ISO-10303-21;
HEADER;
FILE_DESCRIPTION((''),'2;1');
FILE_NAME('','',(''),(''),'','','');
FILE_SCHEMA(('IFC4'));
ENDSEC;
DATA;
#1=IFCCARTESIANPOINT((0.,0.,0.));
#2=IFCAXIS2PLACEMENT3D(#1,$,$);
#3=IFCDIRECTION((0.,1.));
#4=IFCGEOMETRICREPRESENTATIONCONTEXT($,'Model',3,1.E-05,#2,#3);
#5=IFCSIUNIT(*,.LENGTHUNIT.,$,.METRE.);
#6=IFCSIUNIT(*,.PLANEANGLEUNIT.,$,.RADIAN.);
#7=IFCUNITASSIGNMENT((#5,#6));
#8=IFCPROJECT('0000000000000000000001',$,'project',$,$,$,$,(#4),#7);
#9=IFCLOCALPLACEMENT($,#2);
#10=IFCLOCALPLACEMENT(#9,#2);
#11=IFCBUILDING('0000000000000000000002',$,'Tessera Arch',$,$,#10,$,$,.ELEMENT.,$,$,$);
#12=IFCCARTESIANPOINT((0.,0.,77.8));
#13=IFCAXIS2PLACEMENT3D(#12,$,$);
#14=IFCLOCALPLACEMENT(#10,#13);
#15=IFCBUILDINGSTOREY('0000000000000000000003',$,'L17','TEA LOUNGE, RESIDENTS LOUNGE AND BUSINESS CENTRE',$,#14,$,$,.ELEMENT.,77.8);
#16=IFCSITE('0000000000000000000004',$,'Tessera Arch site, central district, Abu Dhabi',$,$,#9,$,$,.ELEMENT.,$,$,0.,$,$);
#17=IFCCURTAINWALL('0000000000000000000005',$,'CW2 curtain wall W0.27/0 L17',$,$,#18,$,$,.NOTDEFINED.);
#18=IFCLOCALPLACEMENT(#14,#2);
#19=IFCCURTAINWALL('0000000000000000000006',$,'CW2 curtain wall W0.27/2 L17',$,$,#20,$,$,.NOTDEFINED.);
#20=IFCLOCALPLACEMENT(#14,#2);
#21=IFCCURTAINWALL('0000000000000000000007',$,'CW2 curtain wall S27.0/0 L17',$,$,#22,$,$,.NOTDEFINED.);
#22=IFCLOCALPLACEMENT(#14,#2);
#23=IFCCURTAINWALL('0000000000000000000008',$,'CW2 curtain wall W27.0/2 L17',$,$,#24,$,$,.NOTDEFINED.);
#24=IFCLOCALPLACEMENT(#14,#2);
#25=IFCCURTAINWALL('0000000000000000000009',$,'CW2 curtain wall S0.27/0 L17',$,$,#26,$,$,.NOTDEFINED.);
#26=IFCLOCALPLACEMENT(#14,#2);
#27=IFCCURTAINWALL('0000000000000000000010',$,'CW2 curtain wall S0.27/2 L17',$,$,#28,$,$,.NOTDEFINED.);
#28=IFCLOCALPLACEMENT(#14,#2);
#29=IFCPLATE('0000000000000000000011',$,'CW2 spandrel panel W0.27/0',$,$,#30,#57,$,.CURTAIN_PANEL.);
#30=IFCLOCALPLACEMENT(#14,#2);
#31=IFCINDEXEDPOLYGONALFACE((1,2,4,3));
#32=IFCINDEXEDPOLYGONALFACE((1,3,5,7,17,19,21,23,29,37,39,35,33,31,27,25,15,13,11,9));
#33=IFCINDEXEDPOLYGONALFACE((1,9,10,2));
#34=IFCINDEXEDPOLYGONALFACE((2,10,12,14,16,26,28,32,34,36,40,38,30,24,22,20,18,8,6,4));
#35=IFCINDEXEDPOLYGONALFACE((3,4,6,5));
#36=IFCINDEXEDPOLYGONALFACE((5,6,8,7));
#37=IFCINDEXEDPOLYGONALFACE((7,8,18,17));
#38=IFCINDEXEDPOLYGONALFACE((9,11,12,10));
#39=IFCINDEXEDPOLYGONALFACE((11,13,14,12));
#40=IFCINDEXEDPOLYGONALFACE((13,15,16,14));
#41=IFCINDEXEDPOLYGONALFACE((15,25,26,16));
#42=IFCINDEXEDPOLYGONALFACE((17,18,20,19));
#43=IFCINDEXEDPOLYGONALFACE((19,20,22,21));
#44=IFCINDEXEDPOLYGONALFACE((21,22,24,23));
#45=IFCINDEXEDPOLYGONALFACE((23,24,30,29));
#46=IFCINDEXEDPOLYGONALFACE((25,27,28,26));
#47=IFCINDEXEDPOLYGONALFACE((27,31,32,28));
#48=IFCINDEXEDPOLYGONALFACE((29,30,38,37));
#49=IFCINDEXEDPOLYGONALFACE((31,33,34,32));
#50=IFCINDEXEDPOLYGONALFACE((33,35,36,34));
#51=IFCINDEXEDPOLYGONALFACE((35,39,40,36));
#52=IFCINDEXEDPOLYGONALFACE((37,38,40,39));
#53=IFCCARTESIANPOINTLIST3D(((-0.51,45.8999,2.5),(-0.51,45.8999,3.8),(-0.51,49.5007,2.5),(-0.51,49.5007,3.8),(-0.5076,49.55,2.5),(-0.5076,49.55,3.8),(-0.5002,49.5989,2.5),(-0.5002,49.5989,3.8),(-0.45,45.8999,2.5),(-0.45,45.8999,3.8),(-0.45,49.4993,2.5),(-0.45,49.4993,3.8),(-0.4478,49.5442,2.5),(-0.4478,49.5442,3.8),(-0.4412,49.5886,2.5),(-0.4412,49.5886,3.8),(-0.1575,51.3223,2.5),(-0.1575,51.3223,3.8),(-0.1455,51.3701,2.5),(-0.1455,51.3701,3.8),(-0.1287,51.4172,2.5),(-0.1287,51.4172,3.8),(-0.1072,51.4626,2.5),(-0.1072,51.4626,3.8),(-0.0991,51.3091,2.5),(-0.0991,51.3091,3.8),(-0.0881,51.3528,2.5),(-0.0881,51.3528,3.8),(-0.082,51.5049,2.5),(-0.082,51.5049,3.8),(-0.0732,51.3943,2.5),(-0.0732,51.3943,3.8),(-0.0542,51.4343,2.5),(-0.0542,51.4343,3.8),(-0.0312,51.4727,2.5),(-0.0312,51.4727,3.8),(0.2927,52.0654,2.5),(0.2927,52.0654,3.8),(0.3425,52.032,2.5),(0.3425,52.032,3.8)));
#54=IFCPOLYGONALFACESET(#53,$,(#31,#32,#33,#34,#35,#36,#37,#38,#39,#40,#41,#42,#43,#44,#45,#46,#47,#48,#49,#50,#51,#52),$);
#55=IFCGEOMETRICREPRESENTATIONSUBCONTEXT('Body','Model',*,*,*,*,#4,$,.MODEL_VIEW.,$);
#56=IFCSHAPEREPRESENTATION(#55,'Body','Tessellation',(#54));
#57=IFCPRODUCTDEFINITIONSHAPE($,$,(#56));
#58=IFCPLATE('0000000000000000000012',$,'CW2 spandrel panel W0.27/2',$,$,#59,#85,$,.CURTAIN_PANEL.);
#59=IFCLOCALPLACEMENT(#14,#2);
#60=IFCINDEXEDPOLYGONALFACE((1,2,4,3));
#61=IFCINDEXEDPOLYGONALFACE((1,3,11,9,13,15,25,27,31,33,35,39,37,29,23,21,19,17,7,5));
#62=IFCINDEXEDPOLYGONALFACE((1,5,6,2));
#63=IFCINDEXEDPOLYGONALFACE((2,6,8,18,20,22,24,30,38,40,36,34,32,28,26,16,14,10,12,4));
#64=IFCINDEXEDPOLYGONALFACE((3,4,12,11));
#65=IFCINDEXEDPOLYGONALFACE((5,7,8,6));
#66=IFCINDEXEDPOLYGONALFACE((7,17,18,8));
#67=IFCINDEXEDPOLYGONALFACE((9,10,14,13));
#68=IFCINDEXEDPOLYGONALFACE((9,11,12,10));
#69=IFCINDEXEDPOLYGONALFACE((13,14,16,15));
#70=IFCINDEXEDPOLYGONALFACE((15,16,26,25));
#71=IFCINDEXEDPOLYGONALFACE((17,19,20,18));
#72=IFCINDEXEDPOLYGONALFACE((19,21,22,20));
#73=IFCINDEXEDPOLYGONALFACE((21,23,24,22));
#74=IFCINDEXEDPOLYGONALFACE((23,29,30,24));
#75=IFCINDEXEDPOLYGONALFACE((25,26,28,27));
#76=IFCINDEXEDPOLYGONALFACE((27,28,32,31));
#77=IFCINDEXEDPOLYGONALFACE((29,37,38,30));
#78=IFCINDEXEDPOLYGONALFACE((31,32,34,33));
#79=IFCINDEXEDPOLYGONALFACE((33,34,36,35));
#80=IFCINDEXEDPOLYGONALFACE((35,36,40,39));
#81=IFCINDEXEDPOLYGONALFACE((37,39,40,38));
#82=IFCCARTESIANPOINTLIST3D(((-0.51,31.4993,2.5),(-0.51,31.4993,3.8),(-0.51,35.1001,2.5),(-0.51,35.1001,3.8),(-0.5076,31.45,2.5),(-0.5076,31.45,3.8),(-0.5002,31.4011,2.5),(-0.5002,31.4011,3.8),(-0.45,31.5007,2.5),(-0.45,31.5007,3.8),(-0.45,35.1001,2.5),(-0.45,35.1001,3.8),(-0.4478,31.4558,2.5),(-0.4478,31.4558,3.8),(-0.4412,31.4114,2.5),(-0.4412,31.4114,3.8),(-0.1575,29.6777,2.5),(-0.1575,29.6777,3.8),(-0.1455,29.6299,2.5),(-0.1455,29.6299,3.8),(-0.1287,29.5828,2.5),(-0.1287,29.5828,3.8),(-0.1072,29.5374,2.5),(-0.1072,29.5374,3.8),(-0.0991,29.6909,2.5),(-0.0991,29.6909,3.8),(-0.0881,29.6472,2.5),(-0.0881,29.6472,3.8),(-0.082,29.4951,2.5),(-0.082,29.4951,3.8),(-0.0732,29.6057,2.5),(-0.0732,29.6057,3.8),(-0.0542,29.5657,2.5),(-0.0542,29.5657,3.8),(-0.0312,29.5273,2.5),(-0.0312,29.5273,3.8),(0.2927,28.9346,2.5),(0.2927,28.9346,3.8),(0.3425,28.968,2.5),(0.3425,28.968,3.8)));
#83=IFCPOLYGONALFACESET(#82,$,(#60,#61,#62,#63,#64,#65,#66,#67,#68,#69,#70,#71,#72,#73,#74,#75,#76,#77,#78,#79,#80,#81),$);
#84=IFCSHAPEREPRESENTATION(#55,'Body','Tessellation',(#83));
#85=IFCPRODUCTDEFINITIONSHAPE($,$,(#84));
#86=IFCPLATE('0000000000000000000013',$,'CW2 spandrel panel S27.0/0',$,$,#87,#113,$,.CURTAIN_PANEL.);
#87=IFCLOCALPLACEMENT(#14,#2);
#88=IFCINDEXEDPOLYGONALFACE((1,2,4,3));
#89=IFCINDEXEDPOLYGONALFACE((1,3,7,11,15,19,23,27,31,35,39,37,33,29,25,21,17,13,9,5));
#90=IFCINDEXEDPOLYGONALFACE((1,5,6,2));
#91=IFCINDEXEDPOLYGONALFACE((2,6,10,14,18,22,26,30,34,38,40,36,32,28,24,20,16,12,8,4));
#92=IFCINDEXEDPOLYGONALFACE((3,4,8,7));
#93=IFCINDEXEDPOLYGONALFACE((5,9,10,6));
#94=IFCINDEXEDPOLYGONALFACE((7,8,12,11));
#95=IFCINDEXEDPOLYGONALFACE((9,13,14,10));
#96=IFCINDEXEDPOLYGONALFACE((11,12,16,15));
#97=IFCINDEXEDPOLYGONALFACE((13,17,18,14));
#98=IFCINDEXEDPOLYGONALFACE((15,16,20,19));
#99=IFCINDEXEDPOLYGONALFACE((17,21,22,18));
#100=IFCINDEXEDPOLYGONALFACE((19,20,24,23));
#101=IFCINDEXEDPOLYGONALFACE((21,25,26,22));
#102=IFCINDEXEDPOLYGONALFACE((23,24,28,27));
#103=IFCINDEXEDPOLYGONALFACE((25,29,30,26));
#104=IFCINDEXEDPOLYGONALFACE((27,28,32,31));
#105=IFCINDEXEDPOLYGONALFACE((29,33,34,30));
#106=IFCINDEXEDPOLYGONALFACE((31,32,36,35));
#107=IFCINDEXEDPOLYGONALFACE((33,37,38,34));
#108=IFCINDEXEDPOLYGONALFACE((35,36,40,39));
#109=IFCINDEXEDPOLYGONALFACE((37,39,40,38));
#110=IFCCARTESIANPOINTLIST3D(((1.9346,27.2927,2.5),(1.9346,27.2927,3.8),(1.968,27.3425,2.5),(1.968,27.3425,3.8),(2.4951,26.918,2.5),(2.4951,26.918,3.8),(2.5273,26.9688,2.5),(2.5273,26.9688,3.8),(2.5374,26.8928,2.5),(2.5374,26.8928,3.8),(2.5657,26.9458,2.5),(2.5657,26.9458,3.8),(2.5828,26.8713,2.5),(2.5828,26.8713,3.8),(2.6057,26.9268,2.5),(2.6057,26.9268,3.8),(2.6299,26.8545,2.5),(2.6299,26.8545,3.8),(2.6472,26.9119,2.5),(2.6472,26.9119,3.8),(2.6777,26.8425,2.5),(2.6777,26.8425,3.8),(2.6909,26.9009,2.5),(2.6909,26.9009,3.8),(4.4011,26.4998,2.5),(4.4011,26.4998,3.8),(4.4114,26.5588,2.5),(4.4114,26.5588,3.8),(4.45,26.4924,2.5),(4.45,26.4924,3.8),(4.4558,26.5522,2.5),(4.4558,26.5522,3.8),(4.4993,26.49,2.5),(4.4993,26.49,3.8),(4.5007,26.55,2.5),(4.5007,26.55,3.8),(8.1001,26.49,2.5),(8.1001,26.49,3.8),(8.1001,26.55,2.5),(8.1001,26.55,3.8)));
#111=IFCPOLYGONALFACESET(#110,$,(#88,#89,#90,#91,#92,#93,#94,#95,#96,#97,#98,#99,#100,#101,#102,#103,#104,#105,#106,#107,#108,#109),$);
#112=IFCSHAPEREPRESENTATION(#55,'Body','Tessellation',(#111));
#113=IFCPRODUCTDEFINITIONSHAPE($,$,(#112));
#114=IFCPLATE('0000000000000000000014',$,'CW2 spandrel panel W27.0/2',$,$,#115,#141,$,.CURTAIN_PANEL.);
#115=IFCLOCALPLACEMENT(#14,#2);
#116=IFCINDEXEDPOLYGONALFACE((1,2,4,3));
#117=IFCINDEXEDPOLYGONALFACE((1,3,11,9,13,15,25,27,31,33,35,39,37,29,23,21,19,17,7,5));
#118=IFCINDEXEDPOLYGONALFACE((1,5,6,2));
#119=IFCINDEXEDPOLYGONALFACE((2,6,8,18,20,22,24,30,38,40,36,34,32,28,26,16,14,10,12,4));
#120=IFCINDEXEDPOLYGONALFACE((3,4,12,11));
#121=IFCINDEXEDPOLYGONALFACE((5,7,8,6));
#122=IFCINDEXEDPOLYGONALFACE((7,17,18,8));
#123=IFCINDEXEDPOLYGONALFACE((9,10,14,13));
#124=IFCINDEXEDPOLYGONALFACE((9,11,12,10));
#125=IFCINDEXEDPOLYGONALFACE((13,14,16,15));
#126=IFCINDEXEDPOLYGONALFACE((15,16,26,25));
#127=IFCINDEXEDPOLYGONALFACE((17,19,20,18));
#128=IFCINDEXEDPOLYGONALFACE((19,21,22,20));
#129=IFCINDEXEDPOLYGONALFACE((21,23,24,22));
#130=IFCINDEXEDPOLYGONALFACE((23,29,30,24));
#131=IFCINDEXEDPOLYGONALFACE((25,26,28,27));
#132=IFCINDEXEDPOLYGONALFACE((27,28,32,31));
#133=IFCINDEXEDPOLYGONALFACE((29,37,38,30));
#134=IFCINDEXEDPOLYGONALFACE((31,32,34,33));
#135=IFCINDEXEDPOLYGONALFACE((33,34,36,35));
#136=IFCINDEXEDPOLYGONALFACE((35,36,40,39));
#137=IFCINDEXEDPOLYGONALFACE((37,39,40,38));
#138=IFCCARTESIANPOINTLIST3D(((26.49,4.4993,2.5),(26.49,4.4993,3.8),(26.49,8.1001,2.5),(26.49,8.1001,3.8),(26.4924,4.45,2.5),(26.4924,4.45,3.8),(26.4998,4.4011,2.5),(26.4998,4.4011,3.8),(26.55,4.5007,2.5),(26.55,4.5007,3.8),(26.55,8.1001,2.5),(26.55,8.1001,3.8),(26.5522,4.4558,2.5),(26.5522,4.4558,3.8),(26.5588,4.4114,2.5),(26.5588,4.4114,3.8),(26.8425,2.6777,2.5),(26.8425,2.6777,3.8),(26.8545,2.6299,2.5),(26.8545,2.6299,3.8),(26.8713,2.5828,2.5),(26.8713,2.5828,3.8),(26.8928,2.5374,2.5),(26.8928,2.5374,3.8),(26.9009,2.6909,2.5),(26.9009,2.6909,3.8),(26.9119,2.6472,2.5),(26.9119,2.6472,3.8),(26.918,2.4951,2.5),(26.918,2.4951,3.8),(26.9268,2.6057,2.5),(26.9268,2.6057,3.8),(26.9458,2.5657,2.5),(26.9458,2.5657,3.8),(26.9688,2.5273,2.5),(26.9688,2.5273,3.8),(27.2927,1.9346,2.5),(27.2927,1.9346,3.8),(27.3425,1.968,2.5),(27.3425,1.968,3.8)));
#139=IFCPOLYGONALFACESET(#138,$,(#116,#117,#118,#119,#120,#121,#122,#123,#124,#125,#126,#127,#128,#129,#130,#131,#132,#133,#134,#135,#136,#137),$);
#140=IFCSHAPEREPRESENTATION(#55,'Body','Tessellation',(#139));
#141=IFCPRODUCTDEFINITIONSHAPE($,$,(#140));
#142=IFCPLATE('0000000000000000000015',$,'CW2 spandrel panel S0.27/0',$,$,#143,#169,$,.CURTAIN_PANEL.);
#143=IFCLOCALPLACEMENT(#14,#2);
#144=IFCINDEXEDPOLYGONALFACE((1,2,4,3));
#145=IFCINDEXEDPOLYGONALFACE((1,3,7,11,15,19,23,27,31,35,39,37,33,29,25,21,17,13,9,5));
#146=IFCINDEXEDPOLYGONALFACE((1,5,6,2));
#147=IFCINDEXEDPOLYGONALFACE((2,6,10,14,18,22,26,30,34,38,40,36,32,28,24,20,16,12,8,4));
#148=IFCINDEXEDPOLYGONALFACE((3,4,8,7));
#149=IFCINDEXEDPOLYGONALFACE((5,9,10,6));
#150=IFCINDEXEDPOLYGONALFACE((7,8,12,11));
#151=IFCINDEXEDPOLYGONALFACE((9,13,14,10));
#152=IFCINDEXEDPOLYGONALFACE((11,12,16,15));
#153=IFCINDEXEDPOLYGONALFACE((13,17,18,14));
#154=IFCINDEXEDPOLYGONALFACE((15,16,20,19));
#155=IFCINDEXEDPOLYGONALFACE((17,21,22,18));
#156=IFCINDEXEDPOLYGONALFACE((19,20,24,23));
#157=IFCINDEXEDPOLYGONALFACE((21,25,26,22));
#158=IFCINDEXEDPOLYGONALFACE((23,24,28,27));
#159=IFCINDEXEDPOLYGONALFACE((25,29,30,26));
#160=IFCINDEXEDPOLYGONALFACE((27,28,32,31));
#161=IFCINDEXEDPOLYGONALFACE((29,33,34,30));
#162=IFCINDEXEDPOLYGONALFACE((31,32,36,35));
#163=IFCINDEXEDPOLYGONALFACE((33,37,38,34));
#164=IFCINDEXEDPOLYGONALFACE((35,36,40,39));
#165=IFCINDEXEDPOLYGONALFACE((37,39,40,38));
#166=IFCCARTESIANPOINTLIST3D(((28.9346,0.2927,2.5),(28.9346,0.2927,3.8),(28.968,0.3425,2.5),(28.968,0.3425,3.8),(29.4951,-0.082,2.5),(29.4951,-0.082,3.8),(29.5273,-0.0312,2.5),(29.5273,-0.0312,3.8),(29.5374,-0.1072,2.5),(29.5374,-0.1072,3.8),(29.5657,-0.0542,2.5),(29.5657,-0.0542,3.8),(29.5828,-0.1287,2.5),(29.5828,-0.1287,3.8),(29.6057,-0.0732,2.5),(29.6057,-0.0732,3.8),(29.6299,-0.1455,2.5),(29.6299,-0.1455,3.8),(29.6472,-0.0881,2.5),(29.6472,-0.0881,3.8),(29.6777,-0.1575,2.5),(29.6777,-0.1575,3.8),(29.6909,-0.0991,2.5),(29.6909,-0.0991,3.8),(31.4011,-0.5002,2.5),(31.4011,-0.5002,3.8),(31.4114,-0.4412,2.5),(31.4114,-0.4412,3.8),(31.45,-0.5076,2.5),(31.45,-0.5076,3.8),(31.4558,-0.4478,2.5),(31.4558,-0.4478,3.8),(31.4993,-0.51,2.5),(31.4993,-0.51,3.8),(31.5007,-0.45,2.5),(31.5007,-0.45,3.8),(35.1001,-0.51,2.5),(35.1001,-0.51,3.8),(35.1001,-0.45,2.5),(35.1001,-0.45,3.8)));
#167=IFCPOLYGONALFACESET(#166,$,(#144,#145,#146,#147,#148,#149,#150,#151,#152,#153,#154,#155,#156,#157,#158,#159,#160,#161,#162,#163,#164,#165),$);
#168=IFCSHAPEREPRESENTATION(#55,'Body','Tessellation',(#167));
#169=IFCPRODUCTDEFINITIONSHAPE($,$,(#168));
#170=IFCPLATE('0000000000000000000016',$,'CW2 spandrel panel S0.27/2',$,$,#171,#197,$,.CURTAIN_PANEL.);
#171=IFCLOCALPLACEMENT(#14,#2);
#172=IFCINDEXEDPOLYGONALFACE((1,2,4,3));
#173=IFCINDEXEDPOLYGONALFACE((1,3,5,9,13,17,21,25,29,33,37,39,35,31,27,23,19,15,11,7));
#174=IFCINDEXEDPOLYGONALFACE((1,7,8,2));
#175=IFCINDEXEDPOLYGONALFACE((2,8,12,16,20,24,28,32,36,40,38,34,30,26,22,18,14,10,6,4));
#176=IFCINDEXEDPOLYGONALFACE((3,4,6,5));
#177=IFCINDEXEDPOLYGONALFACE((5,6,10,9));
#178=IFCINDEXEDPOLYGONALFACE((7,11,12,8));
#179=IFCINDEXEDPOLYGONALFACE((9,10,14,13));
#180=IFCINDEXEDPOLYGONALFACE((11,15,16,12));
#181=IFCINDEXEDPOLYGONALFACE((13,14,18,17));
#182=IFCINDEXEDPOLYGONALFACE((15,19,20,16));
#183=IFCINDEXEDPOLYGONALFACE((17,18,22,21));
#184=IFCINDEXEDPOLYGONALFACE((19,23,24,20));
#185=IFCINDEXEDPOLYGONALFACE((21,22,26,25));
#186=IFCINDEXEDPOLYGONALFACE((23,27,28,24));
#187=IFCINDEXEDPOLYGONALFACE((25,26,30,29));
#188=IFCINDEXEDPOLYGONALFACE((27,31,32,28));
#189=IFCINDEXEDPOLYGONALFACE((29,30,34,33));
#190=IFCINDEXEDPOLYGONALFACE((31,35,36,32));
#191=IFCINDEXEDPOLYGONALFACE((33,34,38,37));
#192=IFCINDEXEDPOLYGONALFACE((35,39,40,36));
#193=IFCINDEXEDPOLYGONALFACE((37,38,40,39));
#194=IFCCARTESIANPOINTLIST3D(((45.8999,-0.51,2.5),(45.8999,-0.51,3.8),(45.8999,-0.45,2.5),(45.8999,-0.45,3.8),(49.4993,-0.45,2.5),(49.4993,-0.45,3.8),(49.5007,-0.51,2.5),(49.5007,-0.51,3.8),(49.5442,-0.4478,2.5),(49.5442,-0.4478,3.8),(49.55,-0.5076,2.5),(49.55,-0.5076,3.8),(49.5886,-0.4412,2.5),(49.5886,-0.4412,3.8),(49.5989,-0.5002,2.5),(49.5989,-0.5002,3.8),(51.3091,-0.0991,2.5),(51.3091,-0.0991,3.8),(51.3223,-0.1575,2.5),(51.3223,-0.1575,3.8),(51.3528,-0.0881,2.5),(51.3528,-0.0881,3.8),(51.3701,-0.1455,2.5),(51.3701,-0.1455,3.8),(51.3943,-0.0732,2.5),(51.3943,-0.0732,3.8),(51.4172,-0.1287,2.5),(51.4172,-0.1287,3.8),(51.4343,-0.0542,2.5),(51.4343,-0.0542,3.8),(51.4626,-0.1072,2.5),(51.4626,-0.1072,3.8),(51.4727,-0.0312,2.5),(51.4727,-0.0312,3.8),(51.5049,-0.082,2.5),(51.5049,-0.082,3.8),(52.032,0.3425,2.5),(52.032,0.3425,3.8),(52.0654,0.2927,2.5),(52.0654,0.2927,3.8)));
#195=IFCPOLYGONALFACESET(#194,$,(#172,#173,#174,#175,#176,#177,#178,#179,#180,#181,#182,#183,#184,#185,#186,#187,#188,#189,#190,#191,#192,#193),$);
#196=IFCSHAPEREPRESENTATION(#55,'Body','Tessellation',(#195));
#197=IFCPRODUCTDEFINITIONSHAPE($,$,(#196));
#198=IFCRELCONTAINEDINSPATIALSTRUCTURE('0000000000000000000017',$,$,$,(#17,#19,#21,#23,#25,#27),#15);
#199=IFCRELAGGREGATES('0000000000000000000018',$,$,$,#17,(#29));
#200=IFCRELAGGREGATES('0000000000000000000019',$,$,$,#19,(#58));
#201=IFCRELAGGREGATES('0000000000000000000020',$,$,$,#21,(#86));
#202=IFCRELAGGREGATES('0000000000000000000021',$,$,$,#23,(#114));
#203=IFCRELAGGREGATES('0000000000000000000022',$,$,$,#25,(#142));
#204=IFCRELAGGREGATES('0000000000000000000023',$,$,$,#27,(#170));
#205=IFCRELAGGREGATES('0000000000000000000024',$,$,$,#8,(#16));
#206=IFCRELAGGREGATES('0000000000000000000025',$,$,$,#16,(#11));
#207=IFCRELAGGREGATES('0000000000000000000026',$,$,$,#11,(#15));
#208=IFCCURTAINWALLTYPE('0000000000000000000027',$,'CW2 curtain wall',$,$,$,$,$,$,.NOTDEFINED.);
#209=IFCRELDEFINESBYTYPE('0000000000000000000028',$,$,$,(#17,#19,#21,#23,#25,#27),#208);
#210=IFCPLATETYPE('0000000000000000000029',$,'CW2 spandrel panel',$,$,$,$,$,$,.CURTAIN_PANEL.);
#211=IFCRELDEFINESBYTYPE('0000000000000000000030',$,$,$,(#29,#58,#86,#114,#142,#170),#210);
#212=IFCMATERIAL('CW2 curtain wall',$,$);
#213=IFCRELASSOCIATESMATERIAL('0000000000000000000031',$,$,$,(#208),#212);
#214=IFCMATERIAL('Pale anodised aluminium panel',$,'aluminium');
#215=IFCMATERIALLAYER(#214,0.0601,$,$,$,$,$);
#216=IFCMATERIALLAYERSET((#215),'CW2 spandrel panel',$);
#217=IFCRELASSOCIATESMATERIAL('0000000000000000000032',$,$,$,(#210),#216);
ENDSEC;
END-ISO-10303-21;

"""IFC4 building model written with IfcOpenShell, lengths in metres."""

from ifc_helpers import new_model, si_unit, direction, frame, origin, place, context, subcontext, project, spatial, polyline, outline, extrude, material, layer, layer_set, type_object, element, aggregate, save


model = new_model("IFC4")

# Units and contexts
model_context = context("Model", 3, precision=1e-05, world=origin(), true_north=direction((0.0, 1.0)))
body_context = subcontext(model_context, "Body", "Model", "MODEL_VIEW")
ifc_project = project(units=[si_unit("LENGTHUNIT", "METRE"), si_unit("PLANEANGLEUNIT", "RADIAN")], contexts=[model_context])

# Site, building, storey
site_placement = place(None, origin())
site = spatial("IfcSite", under=ifc_project, at=site_placement, Name="Tessera Arch site, central district, Abu Dhabi", CompositionType="ELEMENT", RefElevation=0.0)
building_placement = place(site_placement, origin())
building = spatial("IfcBuilding", under=site, at=building_placement, Name="Tessera Arch", CompositionType="ELEMENT")
storey_placement = place(building_placement, frame((0.0, 0.0, 77.8)))
storey = spatial("IfcBuildingStorey", under=building, at=storey_placement, Name="L17", Description="TEA LOUNGE, RESIDENTS LOUNGE AND BUSINESS CENTRE", CompositionType="ELEMENT", Elevation=77.8)

# Curtain walls
ifc_material_1 = material(Name="CW2 curtain wall")
curtain_wall_type = type_object("IfcCurtainWallType", Name="CW2 curtain wall", PredefinedType="NOTDEFINED", material=ifc_material_1)
curtain_wall_1_placement = place(storey_placement, origin())
curtain_wall_1 = element("IfcCurtainWall", 1, at=curtain_wall_1_placement, inside=storey, type_object=curtain_wall_type, Name="CW2 curtain wall W0.27/0 L17", PredefinedType="NOTDEFINED")
curtain_wall_2_placement = place(storey_placement, origin())
curtain_wall_2 = element("IfcCurtainWall", 2, at=curtain_wall_2_placement, inside=storey, type_object=curtain_wall_type, Name="CW2 curtain wall W0.27/2 L17", PredefinedType="NOTDEFINED")
curtain_wall_3_placement = place(storey_placement, origin())
curtain_wall_3 = element("IfcCurtainWall", 3, at=curtain_wall_3_placement, inside=storey, type_object=curtain_wall_type, Name="CW2 curtain wall S27.0/0 L17", PredefinedType="NOTDEFINED")
curtain_wall_4_placement = place(storey_placement, origin())
curtain_wall_4 = element("IfcCurtainWall", 4, at=curtain_wall_4_placement, inside=storey, type_object=curtain_wall_type, Name="CW2 curtain wall W27.0/2 L17", PredefinedType="NOTDEFINED")
curtain_wall_5_placement = place(storey_placement, origin())
curtain_wall_5 = element("IfcCurtainWall", 5, at=curtain_wall_5_placement, inside=storey, type_object=curtain_wall_type, Name="CW2 curtain wall S0.27/0 L17", PredefinedType="NOTDEFINED")
curtain_wall_6_placement = place(storey_placement, origin())
curtain_wall_6 = element("IfcCurtainWall", 6, at=curtain_wall_6_placement, inside=storey, type_object=curtain_wall_type, Name="CW2 curtain wall S0.27/2 L17", PredefinedType="NOTDEFINED")

# Plates
ifc_material_2 = material(Name="Pale anodised aluminium panel", Category="aluminium")
ifc_layer_1 = layer(ifc_material_2, 0.0601)
ifc_layer_set_1 = layer_set([ifc_layer_1], Name="CW2 spandrel panel")
plate_type_1 = type_object("IfcPlateType", Name="CW2 spandrel panel", PredefinedType="CURTAIN_PANEL", material=ifc_layer_set_1)
plate_1_placement = place(storey_placement, frame((0.0, 0.0, 2.5)))
plate_1 = element("IfcPlate", 7, at=plate_1_placement, type_object=plate_type_1, Name="CW2 spandrel panel W0.27/0", PredefinedType="CURTAIN_PANEL", context=body_context, shape_type="SweptSolid", body=[
    extrude(outline(polyline([(-0.0312, 51.4727), (0.3425, 52.032), (0.2927, 52.0654), (-0.082, 51.5049), (-0.1072, 51.4626), (-0.1287, 51.4172), (-0.1455, 51.3701), (-0.1575, 51.3223), (-0.5002, 49.5989), (-0.5076, 49.55), (-0.51, 49.5007), (-0.51, 45.8999), (-0.45, 45.8999), (-0.45, 49.4993), (-0.4478, 49.5442), (-0.4412, 49.5886), (-0.0991, 51.3091), (-0.0881, 51.3528), (-0.0732, 51.3943), (-0.0542, 51.4343), (-0.0312, 51.4727)])), origin(), (0.0, 0.0, 1.0), 1.3),
])
aggregate(curtain_wall_1, [plate_1])
plate_2_placement = place(storey_placement, frame((0.0, 0.0, 2.5)))
plate_2 = element("IfcPlate", 8, at=plate_2_placement, type_object=plate_type_1, Name="CW2 spandrel panel W0.27/2", PredefinedType="CURTAIN_PANEL", context=body_context, shape_type="SweptSolid", body=[
    extrude(outline(polyline([(-0.45, 31.5007), (-0.45, 35.1001), (-0.51, 35.1001), (-0.51, 31.4993), (-0.5076, 31.45), (-0.5002, 31.4011), (-0.1575, 29.6777), (-0.1455, 29.6299), (-0.1287, 29.5828), (-0.1072, 29.5374), (-0.082, 29.4951), (0.2927, 28.9346), (0.3425, 28.968), (-0.0312, 29.5273), (-0.0542, 29.5657), (-0.0732, 29.6057), (-0.0881, 29.6472), (-0.0991, 29.6909), (-0.4412, 31.4114), (-0.4478, 31.4558), (-0.45, 31.5007)])), origin(), (0.0, 0.0, 1.0), 1.3),
])
aggregate(curtain_wall_2, [plate_2])
plate_3_placement = place(storey_placement, frame((0.0, 0.0, 2.5)))
plate_3 = element("IfcPlate", 9, at=plate_3_placement, type_object=plate_type_1, Name="CW2 spandrel panel S27.0/0", PredefinedType="CURTAIN_PANEL", context=body_context, shape_type="SweptSolid", body=[
    extrude(outline(polyline([(2.5273, 26.9688), (1.968, 27.3425), (1.9346, 27.2927), (2.4951, 26.918), (2.5374, 26.8928), (2.5828, 26.8713), (2.6299, 26.8545), (2.6777, 26.8425), (4.4011, 26.4998), (4.45, 26.4924), (4.4993, 26.49), (8.1001, 26.49), (8.1001, 26.55), (4.5007, 26.55), (4.4558, 26.5522), (4.4114, 26.5588), (2.6909, 26.9009), (2.6472, 26.9119), (2.6057, 26.9268), (2.5657, 26.9458), (2.5273, 26.9688)])), origin(), (0.0, 0.0, 1.0), 1.3),
])
aggregate(curtain_wall_3, [plate_3])
plate_4_placement = place(storey_placement, frame((0.0, 0.0, 2.5)))
plate_4 = element("IfcPlate", 10, at=plate_4_placement, type_object=plate_type_1, Name="CW2 spandrel panel W27.0/2", PredefinedType="CURTAIN_PANEL", context=body_context, shape_type="SweptSolid", body=[
    extrude(outline(polyline([(26.55, 4.5007), (26.55, 8.1001), (26.49, 8.1001), (26.49, 4.4993), (26.4924, 4.45), (26.4998, 4.4011), (26.8425, 2.6777), (26.8545, 2.6299), (26.8713, 2.5828), (26.8928, 2.5374), (26.918, 2.4951), (27.2927, 1.9346), (27.3425, 1.968), (26.9688, 2.5273), (26.9458, 2.5657), (26.9268, 2.6057), (26.9119, 2.6472), (26.9009, 2.6909), (26.5588, 4.4114), (26.5522, 4.4558), (26.55, 4.5007)])), origin(), (0.0, 0.0, 1.0), 1.3),
])
aggregate(curtain_wall_4, [plate_4])
plate_5_placement = place(storey_placement, frame((0.0, 0.0, 2.5)))
plate_5 = element("IfcPlate", 11, at=plate_5_placement, type_object=plate_type_1, Name="CW2 spandrel panel S0.27/0", PredefinedType="CURTAIN_PANEL", context=body_context, shape_type="SweptSolid", body=[
    extrude(outline(polyline([(29.5273, -0.0312), (28.968, 0.3425), (28.9346, 0.2927), (29.4951, -0.082), (29.5374, -0.1072), (29.5828, -0.1287), (29.6299, -0.1455), (29.6777, -0.1575), (31.4011, -0.5002), (31.45, -0.5076), (31.4993, -0.51), (35.1001, -0.51), (35.1001, -0.45), (31.5007, -0.45), (31.4558, -0.4478), (31.4114, -0.4412), (29.6909, -0.0991), (29.6472, -0.0881), (29.6057, -0.0732), (29.5657, -0.0542), (29.5273, -0.0312)])), origin(), (0.0, 0.0, 1.0), 1.3),
])
aggregate(curtain_wall_5, [plate_5])
plate_6_placement = place(storey_placement, frame((0.0, 0.0, 2.5)))
plate_6 = element("IfcPlate", 12, at=plate_6_placement, type_object=plate_type_1, Name="CW2 spandrel panel S0.27/2", PredefinedType="CURTAIN_PANEL", context=body_context, shape_type="SweptSolid", body=[
    extrude(outline(polyline([(49.4993, -0.45), (45.8999, -0.45), (45.8999, -0.51), (49.5007, -0.51), (49.55, -0.5076), (49.5989, -0.5002), (51.3223, -0.1575), (51.3701, -0.1455), (51.4172, -0.1287), (51.4626, -0.1072), (51.5049, -0.082), (52.0654, 0.2927), (52.032, 0.3425), (51.4727, -0.0312), (51.4343, -0.0542), (51.3943, -0.0732), (51.3528, -0.0881), (51.3091, -0.0991), (49.5886, -0.4412), (49.5442, -0.4478), (49.4993, -0.45)])), origin(), (0.0, 0.0, 1.0), 1.3),
])
aggregate(curtain_wall_6, [plate_6])

save(model, "model.ifc")
